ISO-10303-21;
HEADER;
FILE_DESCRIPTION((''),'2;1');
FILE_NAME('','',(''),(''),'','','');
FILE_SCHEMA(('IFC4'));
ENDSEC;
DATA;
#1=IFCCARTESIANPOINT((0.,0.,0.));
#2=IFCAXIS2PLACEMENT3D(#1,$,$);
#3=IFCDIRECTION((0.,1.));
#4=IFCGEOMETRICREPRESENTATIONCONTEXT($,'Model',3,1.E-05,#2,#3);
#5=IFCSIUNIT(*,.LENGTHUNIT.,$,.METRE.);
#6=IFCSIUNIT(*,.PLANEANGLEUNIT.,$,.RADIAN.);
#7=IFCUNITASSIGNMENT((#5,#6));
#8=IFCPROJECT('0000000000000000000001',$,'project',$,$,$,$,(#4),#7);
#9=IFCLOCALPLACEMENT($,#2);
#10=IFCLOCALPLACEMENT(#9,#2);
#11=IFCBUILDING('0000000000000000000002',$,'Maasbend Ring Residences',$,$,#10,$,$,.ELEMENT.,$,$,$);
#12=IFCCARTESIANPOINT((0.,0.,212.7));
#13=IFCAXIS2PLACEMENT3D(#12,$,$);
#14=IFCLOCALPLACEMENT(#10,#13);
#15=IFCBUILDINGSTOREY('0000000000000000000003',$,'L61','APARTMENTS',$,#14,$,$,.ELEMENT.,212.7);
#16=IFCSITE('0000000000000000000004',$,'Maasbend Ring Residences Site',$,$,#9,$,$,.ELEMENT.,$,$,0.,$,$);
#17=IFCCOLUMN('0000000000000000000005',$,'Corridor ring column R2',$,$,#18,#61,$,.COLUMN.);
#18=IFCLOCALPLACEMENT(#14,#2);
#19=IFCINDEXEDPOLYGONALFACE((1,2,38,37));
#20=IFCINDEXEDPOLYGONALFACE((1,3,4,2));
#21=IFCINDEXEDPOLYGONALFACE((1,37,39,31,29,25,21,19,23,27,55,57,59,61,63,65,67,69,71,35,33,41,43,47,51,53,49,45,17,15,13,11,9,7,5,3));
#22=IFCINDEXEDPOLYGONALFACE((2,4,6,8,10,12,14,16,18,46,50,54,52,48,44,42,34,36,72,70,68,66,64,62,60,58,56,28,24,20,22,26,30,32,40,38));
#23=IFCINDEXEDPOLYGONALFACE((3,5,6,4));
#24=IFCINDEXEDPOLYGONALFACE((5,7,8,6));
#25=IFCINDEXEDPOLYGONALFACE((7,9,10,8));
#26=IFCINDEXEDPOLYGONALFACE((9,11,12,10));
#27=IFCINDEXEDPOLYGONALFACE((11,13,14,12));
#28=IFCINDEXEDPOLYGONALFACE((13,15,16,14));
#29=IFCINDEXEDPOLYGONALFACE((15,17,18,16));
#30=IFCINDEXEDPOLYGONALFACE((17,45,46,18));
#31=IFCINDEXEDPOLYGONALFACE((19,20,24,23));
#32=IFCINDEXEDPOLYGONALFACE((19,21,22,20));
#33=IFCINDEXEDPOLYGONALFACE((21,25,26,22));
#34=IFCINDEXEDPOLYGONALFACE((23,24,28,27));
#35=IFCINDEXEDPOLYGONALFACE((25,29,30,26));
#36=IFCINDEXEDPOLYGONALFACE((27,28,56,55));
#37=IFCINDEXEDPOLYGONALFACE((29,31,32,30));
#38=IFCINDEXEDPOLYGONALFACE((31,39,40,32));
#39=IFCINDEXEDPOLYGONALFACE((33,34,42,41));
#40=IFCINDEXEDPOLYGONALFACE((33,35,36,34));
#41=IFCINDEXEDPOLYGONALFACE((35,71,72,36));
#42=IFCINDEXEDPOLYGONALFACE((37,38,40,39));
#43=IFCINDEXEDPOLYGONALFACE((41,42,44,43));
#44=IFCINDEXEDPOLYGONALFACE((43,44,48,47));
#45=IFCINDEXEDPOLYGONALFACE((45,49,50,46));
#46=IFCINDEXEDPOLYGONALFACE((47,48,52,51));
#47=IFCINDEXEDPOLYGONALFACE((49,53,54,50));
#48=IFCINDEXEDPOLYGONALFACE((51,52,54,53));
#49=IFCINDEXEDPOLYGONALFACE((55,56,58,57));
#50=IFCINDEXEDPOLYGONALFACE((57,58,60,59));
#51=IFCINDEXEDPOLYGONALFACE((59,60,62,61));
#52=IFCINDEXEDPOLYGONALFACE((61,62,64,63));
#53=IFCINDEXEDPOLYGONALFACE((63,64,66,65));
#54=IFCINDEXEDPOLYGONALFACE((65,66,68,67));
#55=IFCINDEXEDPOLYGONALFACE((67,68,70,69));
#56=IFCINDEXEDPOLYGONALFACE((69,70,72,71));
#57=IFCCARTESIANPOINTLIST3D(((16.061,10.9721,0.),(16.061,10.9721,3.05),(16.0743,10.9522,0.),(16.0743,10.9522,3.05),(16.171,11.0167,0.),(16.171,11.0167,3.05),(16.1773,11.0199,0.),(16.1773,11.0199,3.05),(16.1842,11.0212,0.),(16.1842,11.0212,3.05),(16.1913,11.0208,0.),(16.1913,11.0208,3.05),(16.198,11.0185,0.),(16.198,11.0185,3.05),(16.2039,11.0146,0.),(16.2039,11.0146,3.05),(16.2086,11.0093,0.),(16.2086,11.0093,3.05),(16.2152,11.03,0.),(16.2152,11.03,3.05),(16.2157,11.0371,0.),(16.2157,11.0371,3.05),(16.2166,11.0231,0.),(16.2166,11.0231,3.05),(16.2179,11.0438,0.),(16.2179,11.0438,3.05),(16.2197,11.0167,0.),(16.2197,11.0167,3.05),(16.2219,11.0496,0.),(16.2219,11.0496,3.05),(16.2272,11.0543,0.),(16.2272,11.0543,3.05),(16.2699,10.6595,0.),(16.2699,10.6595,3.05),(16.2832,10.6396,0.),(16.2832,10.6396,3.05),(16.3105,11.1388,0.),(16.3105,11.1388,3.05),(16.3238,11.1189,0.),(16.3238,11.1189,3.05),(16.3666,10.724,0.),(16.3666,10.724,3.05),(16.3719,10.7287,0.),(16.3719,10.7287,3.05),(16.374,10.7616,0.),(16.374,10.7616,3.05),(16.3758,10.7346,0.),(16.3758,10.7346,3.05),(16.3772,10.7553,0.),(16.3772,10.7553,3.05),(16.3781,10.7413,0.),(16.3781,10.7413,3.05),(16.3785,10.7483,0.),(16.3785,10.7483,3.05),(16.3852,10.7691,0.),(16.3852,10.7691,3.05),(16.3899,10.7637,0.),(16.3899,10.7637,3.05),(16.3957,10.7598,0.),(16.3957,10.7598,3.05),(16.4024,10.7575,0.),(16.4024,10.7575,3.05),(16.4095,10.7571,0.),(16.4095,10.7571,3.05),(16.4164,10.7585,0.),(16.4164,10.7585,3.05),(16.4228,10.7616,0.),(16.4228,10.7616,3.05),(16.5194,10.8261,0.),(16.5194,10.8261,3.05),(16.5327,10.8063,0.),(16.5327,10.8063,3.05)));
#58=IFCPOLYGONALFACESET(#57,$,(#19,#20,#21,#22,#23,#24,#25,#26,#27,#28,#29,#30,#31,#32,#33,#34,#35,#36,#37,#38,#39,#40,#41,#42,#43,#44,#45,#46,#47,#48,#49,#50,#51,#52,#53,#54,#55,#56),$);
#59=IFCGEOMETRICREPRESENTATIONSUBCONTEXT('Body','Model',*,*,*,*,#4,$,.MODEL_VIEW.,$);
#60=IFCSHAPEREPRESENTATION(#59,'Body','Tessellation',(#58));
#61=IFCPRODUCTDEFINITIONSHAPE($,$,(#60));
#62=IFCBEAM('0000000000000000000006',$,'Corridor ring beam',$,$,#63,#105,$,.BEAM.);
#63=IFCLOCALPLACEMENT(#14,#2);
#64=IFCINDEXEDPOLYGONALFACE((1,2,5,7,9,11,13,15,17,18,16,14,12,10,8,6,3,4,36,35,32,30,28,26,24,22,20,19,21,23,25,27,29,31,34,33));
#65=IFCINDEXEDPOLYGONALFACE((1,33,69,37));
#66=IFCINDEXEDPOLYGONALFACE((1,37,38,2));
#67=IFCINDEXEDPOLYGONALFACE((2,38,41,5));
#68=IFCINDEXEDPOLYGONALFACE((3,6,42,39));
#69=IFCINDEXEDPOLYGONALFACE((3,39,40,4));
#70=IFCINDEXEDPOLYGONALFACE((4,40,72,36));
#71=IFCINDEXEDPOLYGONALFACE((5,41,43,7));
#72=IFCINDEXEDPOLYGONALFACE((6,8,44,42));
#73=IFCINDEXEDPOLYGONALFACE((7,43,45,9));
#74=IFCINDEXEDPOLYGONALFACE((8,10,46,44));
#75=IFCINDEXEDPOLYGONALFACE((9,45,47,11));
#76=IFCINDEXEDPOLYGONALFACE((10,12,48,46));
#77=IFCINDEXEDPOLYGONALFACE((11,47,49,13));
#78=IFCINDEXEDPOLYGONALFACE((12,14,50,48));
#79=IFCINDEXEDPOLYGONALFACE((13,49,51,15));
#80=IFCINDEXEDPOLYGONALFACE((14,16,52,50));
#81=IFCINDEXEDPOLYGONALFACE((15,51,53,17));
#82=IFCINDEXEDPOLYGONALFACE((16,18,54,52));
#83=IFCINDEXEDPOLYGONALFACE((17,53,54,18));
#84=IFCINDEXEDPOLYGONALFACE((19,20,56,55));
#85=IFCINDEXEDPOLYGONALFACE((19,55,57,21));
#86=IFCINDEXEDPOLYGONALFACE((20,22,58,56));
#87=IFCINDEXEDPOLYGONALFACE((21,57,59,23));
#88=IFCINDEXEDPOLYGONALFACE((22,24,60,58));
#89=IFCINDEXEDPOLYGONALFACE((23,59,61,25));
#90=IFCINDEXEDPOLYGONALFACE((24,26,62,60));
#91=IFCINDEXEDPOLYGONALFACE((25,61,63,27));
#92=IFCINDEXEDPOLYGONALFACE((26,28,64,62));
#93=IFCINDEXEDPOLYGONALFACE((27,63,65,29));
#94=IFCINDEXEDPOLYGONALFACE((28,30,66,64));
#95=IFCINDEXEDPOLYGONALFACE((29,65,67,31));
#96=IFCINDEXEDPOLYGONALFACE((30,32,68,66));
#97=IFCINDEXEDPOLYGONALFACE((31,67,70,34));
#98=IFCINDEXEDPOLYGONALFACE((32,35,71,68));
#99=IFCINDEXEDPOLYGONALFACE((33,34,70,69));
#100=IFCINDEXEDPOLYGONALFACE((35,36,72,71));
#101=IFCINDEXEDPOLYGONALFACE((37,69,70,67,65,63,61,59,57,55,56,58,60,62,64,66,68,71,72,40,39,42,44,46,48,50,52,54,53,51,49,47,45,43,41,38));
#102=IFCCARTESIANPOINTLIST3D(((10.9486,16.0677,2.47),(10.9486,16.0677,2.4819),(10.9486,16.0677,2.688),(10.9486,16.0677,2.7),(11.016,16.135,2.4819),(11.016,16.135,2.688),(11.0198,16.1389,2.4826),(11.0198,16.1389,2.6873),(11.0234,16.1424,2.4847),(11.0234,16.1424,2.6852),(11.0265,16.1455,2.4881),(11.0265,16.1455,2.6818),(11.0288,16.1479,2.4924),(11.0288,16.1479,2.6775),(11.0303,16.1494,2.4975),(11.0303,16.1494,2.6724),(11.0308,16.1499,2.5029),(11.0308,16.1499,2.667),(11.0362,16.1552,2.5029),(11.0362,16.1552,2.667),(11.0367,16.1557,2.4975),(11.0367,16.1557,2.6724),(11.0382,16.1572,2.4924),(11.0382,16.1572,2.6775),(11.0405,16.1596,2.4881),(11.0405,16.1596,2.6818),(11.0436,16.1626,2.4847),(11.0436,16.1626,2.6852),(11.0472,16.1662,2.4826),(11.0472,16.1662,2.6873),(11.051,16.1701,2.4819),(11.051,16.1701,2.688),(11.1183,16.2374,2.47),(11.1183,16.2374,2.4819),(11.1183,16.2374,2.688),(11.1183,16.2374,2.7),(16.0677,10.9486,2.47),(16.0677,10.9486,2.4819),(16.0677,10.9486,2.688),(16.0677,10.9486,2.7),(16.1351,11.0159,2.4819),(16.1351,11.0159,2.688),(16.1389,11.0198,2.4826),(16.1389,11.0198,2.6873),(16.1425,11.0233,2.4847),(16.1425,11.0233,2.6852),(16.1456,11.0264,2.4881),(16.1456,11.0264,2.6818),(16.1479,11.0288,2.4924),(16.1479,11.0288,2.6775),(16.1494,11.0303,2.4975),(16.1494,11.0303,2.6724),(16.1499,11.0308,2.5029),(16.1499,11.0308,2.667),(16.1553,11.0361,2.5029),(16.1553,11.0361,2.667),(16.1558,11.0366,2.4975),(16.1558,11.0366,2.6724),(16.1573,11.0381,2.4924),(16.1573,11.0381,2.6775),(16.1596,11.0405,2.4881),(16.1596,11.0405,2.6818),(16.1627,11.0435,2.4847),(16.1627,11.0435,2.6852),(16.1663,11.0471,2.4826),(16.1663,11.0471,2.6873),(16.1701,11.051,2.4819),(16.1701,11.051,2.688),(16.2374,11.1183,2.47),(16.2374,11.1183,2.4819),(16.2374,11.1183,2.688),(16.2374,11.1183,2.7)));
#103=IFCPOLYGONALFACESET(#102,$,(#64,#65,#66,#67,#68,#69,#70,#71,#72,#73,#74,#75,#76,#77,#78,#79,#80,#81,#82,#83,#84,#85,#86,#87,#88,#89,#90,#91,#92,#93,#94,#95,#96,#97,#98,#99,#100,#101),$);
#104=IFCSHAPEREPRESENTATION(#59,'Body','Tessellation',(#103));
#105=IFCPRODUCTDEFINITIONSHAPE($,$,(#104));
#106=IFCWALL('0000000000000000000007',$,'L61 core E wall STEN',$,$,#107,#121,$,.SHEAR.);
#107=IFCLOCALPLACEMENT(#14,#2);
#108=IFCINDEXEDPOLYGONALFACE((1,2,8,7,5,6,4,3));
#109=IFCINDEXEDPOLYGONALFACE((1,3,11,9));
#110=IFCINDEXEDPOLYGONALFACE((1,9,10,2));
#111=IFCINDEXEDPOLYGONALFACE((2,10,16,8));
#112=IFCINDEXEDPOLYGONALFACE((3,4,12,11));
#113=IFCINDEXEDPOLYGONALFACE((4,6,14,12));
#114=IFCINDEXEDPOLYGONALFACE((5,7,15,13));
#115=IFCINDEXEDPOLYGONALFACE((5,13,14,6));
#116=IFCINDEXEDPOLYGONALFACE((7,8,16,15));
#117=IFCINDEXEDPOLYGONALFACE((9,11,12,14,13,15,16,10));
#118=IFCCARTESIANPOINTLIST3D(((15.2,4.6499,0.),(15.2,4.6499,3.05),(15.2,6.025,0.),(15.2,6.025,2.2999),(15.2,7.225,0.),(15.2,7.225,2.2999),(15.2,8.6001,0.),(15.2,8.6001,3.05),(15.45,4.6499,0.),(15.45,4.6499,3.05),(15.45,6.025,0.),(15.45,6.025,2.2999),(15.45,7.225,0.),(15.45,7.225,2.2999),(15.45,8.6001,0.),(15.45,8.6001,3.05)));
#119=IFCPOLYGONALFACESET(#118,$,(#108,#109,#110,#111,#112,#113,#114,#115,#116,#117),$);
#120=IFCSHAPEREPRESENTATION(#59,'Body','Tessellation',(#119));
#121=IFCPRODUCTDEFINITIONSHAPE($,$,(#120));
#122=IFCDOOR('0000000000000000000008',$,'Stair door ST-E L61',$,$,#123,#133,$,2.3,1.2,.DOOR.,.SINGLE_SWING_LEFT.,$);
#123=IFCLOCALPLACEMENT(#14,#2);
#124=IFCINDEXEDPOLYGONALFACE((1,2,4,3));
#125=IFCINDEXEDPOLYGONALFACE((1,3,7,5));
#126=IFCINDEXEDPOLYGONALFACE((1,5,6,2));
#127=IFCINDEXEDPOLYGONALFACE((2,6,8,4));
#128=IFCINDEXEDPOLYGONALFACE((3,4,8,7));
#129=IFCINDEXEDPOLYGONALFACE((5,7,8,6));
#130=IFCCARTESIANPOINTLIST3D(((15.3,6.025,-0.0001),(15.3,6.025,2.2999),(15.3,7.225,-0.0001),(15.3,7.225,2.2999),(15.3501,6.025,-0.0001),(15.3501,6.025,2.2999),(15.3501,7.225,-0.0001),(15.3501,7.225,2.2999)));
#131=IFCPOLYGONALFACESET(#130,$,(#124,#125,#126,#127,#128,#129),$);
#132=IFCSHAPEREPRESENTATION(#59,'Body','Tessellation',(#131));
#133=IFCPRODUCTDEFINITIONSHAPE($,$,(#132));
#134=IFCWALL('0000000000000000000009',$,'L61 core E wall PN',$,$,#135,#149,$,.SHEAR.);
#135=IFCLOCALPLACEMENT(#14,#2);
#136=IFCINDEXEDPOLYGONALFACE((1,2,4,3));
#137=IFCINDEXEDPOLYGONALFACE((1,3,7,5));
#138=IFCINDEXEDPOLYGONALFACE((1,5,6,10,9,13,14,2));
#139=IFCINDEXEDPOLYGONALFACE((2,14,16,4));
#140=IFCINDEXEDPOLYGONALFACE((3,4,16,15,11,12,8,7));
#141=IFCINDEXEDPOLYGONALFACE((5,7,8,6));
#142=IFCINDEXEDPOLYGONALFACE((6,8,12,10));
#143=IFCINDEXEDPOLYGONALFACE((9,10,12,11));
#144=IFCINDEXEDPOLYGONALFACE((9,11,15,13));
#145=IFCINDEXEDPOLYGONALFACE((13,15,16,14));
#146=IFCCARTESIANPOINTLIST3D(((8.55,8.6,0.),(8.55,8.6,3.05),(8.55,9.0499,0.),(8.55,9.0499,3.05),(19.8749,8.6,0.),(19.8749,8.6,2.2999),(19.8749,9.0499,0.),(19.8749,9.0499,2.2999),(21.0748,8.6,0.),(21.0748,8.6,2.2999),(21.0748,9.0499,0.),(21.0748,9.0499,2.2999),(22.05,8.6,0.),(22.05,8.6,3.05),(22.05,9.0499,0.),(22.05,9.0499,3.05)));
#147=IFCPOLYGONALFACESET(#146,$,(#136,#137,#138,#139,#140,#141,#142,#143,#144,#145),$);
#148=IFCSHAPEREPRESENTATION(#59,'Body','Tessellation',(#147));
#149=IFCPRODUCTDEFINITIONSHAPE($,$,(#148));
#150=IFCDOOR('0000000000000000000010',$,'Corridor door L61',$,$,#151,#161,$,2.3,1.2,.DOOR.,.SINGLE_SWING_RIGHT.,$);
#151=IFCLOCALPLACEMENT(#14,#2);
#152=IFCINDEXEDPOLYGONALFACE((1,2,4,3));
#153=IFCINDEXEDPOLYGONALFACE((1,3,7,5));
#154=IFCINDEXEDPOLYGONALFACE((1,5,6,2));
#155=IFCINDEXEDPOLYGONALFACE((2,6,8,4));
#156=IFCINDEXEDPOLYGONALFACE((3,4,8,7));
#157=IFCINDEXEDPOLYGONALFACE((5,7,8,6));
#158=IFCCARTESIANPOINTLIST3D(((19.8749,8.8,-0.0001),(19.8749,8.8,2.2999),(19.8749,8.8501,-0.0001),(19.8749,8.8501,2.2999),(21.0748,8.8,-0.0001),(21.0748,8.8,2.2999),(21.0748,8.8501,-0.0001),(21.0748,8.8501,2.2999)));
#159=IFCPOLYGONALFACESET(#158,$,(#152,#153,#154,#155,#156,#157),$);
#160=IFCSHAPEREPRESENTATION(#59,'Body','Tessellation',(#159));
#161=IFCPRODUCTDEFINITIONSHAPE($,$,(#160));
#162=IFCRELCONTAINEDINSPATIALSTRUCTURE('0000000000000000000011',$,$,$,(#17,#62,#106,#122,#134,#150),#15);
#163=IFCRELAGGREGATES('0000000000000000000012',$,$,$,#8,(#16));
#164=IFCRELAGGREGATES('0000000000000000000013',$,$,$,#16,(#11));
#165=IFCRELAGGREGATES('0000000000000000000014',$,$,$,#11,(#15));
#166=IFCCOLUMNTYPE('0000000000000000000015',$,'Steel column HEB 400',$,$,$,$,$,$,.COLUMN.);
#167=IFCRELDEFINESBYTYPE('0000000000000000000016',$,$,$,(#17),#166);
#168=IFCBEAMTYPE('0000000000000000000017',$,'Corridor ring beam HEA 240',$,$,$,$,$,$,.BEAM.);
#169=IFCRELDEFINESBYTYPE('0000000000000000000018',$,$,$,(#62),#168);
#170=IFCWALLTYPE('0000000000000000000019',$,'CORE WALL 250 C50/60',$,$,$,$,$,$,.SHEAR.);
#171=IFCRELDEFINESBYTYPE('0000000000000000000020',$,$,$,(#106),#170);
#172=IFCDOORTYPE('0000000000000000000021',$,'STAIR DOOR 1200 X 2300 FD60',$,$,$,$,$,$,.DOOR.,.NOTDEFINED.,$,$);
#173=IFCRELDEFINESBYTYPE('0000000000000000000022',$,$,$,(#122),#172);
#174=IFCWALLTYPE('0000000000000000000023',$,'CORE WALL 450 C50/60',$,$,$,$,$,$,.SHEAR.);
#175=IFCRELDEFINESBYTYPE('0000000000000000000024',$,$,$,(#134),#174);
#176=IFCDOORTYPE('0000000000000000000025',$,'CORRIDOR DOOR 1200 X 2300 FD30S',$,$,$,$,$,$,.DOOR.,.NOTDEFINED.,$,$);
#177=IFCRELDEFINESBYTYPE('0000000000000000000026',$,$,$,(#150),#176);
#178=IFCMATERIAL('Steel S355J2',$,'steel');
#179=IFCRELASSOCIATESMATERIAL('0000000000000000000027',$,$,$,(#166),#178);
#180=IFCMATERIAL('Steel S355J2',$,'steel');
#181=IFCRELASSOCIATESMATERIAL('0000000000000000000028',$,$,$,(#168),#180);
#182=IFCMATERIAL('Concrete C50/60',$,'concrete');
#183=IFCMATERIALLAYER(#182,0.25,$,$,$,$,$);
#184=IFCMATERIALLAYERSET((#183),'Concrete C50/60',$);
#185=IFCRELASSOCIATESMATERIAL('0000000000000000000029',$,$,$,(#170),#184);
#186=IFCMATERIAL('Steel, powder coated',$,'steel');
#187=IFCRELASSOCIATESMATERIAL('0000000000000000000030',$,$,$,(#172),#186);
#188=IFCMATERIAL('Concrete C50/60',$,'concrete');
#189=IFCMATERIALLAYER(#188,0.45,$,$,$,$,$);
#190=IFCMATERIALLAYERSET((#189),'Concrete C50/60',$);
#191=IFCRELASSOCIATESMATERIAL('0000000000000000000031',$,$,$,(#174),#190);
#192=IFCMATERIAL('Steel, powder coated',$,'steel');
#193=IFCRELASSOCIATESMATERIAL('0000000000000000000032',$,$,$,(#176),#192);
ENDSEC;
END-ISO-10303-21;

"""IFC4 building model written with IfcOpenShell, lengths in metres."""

from ifc_helpers import new_model, si_unit, direction, frame, frame_2d, origin, origin_2d, place, context, subcontext, project, spatial, rectangle, i_section, extrude, material, layer, layer_set, material_profile, profile_set, type_object, element, fill, save


model = new_model("IFC4")

# Units and contexts
model_context = context("Model", 3, precision=1e-05, world=origin(), true_north=direction((0.0, 1.0)))
body_context = subcontext(model_context, "Body", "Model", "MODEL_VIEW")
ifc_project = project(units=[si_unit("LENGTHUNIT", "METRE"), si_unit("PLANEANGLEUNIT", "RADIAN")], contexts=[model_context])

# Site, building, storey
site_placement = place(None, origin())
site = spatial("IfcSite", under=ifc_project, at=site_placement, Name="Maasbend Ring Residences Site", CompositionType="ELEMENT", RefElevation=0.0)
building_placement = place(site_placement, origin())
building = spatial("IfcBuilding", under=site, at=building_placement, Name="Maasbend Ring Residences", CompositionType="ELEMENT")
storey_placement = place(building_placement, frame((0.0, 0.0, 212.7)))
storey = spatial("IfcBuildingStorey", under=building, at=storey_placement, Name="L61", Description="APARTMENTS", CompositionType="ELEMENT", Elevation=212.7)

# Column
ifc_material_1 = material(Name="Steel S355J2", Category="steel")
ifc_material_profile_1 = material_profile(ifc_material_1, i_section(OverallWidth=0.3, OverallDepth=0.3999, WebThickness=0.0134, FlangeThickness=0.0239, FilletRadius=0.0271, at=origin_2d()), Name="HEB 400")
ifc_profile_set_1 = profile_set([ifc_material_profile_1], Name="Steel S355J2")
column_type = type_object("IfcColumnType", Name="Steel column HEB 400", PredefinedType="COLUMN", material=ifc_profile_set_1)
column_placement = place(storey_placement, frame((16.2969, 10.8892, 0.0), z_axis=(0.0, 0.0, 1.0), x_axis=(0.83147, 0.55557, 0.0)))
element("IfcColumn", 1, at=column_placement, inside=storey, type_object=column_type, Name="Corridor ring column R2", PredefinedType="COLUMN", context=body_context, shape_type="SweptSolid", body=[
    extrude(i_section(OverallWidth=0.3, OverallDepth=0.3999, WebThickness=0.0134, FlangeThickness=0.0239, FilletRadius=0.0271, at=origin_2d()), origin(), (0.0, 0.0, 1.0), 3.05),
])

# Beam
ifc_material_2 = material(Name="Steel S355J2", Category="steel")
ifc_material_profile_2 = material_profile(ifc_material_2, i_section(OverallWidth=0.24, OverallDepth=0.23, WebThickness=0.0076, FlangeThickness=0.012, FilletRadius=0.021, at=origin_2d()), Name="HEA 240")
ifc_profile_set_2 = profile_set([ifc_material_profile_2], Name="Steel S355J2")
beam_type = type_object("IfcBeamType", Name="Corridor ring beam HEA 240", PredefinedType="BEAM", material=ifc_profile_set_2)
beam_placement = place(storey_placement, frame((16.1526, 11.0334, 2.585), z_axis=(-0.707107, 0.707107, 0.0), x_axis=(-0.707107, -0.707107, 0.0)))
element("IfcBeam", 2, at=beam_placement, inside=storey, type_object=beam_type, Name="Corridor ring beam", PredefinedType="BEAM", context=body_context, shape_type="SweptSolid", body=[
    extrude(i_section(OverallWidth=0.24, OverallDepth=0.23, WebThickness=0.0076, FlangeThickness=0.012, FilletRadius=0.021, at=origin_2d()), origin(), (0.0, 0.0, 1.0), 7.2395),
])

# Walls, openings, doors
ifc_material_3 = material(Name="Concrete C50/60", Category="concrete")
ifc_layer_1 = layer(ifc_material_3, 0.25)
ifc_layer_set_1 = layer_set([ifc_layer_1], Name="Concrete C50/60")
wall_type_1 = type_object("IfcWallType", Name="CORE WALL 250 C50/60", PredefinedType="SHEAR", material=ifc_layer_set_1)
wall_1_placement = place(storey_placement, frame((15.325, 4.6499, 0.0), z_axis=(0.0, 0.0, 1.0), x_axis=(0.0, 1.0, 0.0)))
wall_1 = element("IfcWall", 3, at=wall_1_placement, inside=storey, type_object=wall_type_1, Name="L61 core E wall STEN", PredefinedType="SHEAR", context=body_context, shape_type="SweptSolid", body=[
    extrude(rectangle(XDim=3.9502, YDim=0.25, at=frame_2d((1.9751, 0.0))), origin(), (0.0, 0.0, 1.0), 3.05),
])
opening_1_placement = place(wall_1_placement, frame((1.375, 0.0, 0.0)))
opening_1 = element("IfcOpeningElement", 4, at=opening_1_placement, cuts=wall_1, PredefinedType="OPENING", context=body_context, shape_type="SweptSolid", body=[
    extrude(rectangle(XDim=1.2, YDim=2.3, at=frame_2d((0.6001, 1.1499))), frame((0.0, 0.135, 0.0), z_axis=(0.0, -1.0, 0.0), x_axis=(1.0, 0.0, 0.0)), (0.0, 0.0, 1.0), 0.27),
])
ifc_material_4 = material(Name="Steel, powder coated", Category="steel")
door_type_1 = type_object("IfcDoorType", Name="STAIR DOOR 1200 X 2300 FD60", OperationType="NOTDEFINED", PredefinedType="DOOR", material=ifc_material_4)
door_1_placement = place(opening_1_placement, origin())
door_1 = element("IfcDoor", 5, at=door_1_placement, inside=storey, type_object=door_type_1, Name="Stair door ST-E L61", OperationType="SINGLE_SWING_LEFT", OverallHeight=2.3, OverallWidth=1.2, PredefinedType="DOOR", context=body_context, shape_type="SweptSolid", body=[
    extrude(rectangle(XDim=1.2, YDim=2.3, at=frame_2d((0.6001, 1.1499))), frame((0.0, 0.0249, 0.0), z_axis=(0.0, -1.0, 0.0), x_axis=(1.0, 0.0, 0.0)), (0.0, 0.0, 1.0), 0.05),
])
fill(opening_1, door_1)
ifc_material_5 = material(Name="Concrete C50/60", Category="concrete")
ifc_layer_2 = layer(ifc_material_5, 0.45)
ifc_layer_set_2 = layer_set([ifc_layer_2], Name="Concrete C50/60")
wall_type_2 = type_object("IfcWallType", Name="CORE WALL 450 C50/60", PredefinedType="SHEAR", material=ifc_layer_set_2)
wall_2_placement = place(storey_placement, frame((22.05, 8.825, 0.0), z_axis=(0.0, 0.0, 1.0), x_axis=(-1.0, 0.0, 0.0)))
wall_2 = element("IfcWall", 6, at=wall_2_placement, inside=storey, type_object=wall_type_2, Name="L61 core E wall PN", PredefinedType="SHEAR", context=body_context, shape_type="SweptSolid", body=[
    extrude(rectangle(XDim=13.5, YDim=0.45, at=frame_2d((6.75, 0.0))), origin(), (0.0, 0.0, 1.0), 3.05),
])
opening_2_placement = place(wall_2_placement, frame((0.9751, 0.0, 0.0)))
opening_2 = element("IfcOpeningElement", 7, at=opening_2_placement, cuts=wall_2, PredefinedType="OPENING", context=body_context, shape_type="SweptSolid", body=[
    extrude(rectangle(XDim=1.2, YDim=2.3, at=frame_2d((0.6001, 1.1499))), frame((0.0, 0.2349, 0.0), z_axis=(0.0, -1.0, 0.0), x_axis=(1.0, 0.0, 0.0)), (0.0, 0.0, 1.0), 0.47),
])
ifc_material_6 = material(Name="Steel, powder coated", Category="steel")
door_type_2 = type_object("IfcDoorType", Name="CORRIDOR DOOR 1200 X 2300 FD30S", OperationType="NOTDEFINED", PredefinedType="DOOR", material=ifc_material_6)
door_2_placement = place(opening_2_placement, origin())
door_2 = element("IfcDoor", 8, at=door_2_placement, inside=storey, type_object=door_type_2, Name="Corridor door L61", OperationType="SINGLE_SWING_RIGHT", OverallHeight=2.3, OverallWidth=1.2, PredefinedType="DOOR", context=body_context, shape_type="SweptSolid", body=[
    extrude(rectangle(XDim=1.2, YDim=2.3, at=frame_2d((0.6001, 1.1499))), frame((0.0, 0.0249, 0.0), z_axis=(0.0, -1.0, 0.0), x_axis=(1.0, 0.0, 0.0)), (0.0, 0.0, 1.0), 0.05),
])
fill(opening_2, door_2)

save(model, "model.ifc")
